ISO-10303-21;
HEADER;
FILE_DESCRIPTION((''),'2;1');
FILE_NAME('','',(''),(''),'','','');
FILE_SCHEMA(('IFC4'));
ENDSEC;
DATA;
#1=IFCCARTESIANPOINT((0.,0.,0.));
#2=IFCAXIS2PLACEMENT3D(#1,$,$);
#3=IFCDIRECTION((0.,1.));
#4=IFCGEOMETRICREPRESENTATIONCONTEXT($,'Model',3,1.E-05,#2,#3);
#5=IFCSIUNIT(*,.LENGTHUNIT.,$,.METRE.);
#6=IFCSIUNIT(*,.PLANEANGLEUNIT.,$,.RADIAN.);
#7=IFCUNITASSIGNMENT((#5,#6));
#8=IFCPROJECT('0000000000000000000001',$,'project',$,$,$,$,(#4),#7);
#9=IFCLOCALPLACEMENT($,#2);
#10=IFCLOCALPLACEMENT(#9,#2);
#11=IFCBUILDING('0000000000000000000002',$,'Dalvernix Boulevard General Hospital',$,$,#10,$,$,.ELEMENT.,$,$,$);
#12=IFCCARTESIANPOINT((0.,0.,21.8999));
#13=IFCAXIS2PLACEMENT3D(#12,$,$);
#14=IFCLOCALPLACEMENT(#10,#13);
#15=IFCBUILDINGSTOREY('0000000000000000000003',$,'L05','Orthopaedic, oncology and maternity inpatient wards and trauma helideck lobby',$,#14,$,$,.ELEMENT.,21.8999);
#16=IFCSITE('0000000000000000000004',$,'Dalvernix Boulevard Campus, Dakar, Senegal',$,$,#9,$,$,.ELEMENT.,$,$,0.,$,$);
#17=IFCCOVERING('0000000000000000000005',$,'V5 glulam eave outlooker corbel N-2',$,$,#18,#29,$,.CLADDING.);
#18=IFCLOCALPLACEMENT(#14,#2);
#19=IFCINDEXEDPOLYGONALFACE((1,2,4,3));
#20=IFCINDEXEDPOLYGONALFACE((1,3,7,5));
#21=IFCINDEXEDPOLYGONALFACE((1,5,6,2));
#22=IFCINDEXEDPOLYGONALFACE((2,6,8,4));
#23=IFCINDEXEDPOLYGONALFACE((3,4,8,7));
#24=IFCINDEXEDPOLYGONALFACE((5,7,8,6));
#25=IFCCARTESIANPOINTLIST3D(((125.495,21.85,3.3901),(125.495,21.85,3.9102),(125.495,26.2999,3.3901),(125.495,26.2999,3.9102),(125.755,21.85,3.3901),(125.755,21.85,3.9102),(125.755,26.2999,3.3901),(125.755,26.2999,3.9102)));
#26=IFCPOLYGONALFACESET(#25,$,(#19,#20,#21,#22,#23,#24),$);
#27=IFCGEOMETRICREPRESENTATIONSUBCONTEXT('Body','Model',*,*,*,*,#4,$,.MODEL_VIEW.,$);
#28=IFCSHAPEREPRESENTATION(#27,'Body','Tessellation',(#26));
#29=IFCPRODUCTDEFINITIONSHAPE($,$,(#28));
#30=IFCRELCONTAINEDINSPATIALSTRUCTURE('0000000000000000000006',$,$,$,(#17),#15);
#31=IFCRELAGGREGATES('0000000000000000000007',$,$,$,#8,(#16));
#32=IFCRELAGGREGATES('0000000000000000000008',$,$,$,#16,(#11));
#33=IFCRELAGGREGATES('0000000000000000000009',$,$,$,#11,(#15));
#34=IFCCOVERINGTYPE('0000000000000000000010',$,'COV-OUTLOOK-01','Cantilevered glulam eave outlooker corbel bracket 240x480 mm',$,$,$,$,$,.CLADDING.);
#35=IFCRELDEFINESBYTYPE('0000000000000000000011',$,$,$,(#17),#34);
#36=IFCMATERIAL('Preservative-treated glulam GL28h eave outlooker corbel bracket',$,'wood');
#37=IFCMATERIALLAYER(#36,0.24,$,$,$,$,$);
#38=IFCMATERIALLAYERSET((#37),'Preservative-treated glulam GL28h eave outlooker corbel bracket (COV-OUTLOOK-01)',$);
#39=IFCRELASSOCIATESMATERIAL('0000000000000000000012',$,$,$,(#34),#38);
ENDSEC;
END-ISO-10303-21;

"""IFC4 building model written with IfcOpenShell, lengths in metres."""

from ifc_helpers import new_model, si_unit, direction, frame, origin, origin_2d, place, context, subcontext, project, spatial, rectangle, extrude, material, layer, layer_set, type_object, element, save


model = new_model("IFC4")

# Units and contexts
model_context = context("Model", 3, precision=1e-05, world=origin(), true_north=direction((0.0, 1.0)))
body_context = subcontext(model_context, "Body", "Model", "MODEL_VIEW")
ifc_project = project(units=[si_unit("LENGTHUNIT", "METRE"), si_unit("PLANEANGLEUNIT", "RADIAN")], contexts=[model_context])

# Site, building, storey
site_placement = place(None, origin())
site = spatial("IfcSite", under=ifc_project, at=site_placement, Name="Dalvernix Boulevard Campus, Dakar, Senegal", CompositionType="ELEMENT", RefElevation=0.0)
building_placement = place(site_placement, origin())
building = spatial("IfcBuilding", under=site, at=building_placement, Name="Dalvernix Boulevard General Hospital", CompositionType="ELEMENT")
storey_placement = place(building_placement, frame((0.0, 0.0, 21.8999)))
storey = spatial("IfcBuildingStorey", under=building, at=storey_placement, Name="L05", Description="Orthopaedic, oncology and maternity inpatient wards and trauma helideck lobby", CompositionType="ELEMENT", Elevation=21.8999)

# Covering
ifc_material_1 = material(Name="Preservative-treated glulam GL28h eave outlooker corbel bracket", Category="wood")
ifc_layer_1 = layer(ifc_material_1, 0.24)
ifc_layer_set_1 = layer_set([ifc_layer_1], Name="Preservative-treated glulam GL28h eave outlooker corbel bracket (COV-OUTLOOK-01)")
covering_type_1 = type_object("IfcCoveringType", Name="COV-OUTLOOK-01", Description="Cantilevered glulam eave outlooker corbel bracket 240x480 mm", PredefinedType="CLADDING", material=ifc_layer_set_1)
for number, where, z_axis, x_axis, name in (
    (1, (125.625, 24.075, 3.3901), (0.0, 0.0, 1.0), (1.0, 0.0, 0.0), "V5 glulam eave outlooker corbel N-2"),
):
    element("IfcCovering", number, at=place(storey_placement, frame(where, z_axis=z_axis, x_axis=x_axis)), inside=storey, type_object=covering_type_1, Name=name, PredefinedType="CLADDING", context=body_context, shape_type="SweptSolid", body=[
        extrude(rectangle(XDim=0.26, YDim=4.45, at=origin_2d()), origin(), (0.0, 0.0, 1.0), 0.52),
    ])

save(model, "model.ifc")
